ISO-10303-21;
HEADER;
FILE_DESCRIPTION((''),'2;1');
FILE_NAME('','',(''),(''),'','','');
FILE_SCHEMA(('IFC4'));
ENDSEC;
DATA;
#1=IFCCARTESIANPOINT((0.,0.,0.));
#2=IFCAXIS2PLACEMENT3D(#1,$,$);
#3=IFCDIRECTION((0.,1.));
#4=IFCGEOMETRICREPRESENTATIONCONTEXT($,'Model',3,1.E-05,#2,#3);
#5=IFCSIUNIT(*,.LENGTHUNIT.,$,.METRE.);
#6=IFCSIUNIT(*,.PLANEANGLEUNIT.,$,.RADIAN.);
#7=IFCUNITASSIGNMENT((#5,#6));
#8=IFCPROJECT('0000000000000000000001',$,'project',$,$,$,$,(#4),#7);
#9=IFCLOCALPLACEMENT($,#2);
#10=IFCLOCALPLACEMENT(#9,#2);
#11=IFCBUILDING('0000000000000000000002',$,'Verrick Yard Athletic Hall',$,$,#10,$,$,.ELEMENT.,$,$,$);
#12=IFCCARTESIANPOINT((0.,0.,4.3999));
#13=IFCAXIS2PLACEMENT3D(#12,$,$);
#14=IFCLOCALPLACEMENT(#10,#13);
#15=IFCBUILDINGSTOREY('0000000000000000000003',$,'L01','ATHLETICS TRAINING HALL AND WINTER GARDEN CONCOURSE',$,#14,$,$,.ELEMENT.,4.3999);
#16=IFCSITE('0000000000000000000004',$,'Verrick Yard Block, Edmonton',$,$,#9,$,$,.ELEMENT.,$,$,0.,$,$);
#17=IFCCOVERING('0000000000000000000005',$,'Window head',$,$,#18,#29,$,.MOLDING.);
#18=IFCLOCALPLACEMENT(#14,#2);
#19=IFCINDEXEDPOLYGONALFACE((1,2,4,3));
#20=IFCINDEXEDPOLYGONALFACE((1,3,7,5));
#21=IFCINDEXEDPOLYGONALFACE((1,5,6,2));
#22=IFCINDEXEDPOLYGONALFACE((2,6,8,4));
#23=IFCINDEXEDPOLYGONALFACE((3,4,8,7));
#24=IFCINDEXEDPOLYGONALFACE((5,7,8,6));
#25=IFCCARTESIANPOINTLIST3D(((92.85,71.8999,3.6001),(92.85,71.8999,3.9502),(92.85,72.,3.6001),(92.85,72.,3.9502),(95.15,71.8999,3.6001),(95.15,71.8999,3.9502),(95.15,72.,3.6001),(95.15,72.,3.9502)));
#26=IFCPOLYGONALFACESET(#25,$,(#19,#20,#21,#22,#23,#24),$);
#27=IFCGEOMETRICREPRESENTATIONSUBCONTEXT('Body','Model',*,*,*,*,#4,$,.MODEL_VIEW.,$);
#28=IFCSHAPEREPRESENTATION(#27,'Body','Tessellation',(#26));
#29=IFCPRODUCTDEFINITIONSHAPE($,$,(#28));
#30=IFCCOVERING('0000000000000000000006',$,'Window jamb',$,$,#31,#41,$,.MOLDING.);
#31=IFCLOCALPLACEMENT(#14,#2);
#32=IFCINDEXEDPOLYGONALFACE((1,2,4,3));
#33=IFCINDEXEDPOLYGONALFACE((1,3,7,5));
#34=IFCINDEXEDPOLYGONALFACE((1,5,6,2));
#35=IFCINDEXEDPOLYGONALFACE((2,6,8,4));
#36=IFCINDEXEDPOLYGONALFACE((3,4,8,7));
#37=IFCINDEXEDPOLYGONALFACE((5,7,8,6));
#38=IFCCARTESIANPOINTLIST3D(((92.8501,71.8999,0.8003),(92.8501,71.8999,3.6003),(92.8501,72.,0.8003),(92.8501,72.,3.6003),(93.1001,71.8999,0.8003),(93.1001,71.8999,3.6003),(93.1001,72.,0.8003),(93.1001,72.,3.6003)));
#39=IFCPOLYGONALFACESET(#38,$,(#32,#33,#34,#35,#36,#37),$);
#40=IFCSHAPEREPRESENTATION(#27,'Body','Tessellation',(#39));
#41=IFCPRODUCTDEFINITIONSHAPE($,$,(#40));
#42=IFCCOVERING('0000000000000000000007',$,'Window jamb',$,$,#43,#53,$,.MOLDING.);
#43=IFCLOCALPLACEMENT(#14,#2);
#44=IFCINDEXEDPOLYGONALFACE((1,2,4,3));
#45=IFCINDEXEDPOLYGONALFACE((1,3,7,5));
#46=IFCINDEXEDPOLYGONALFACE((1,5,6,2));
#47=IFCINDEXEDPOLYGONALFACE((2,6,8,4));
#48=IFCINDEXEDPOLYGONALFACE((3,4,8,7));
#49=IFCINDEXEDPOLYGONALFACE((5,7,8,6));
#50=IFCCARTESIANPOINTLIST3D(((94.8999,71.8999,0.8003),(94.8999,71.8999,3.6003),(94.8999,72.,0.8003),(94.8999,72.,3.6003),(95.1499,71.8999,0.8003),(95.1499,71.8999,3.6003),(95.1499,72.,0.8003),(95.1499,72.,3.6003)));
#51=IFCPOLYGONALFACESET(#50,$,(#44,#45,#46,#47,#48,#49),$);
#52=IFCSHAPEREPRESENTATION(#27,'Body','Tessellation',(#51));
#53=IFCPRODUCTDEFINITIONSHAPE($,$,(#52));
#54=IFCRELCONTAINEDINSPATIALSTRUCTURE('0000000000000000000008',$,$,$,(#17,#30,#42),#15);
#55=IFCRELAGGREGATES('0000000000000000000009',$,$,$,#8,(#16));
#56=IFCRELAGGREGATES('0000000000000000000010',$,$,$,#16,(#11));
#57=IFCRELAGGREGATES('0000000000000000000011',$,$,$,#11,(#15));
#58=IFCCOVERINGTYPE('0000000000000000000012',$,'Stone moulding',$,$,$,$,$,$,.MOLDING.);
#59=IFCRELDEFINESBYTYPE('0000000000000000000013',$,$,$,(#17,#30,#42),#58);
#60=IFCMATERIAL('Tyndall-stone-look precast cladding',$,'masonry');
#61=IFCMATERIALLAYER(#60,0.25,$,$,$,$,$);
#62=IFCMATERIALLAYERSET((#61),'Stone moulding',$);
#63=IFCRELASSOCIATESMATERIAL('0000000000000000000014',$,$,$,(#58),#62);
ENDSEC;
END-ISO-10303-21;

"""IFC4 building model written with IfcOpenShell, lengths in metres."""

from ifc_helpers import new_model, si_unit, direction, frame, origin, origin_2d, place, context, subcontext, project, spatial, rectangle, extrude, material, layer, layer_set, type_object, element, save


model = new_model("IFC4")

# Units and contexts
model_context = context("Model", 3, precision=1e-05, world=origin(), true_north=direction((0.0, 1.0)))
body_context = subcontext(model_context, "Body", "Model", "MODEL_VIEW")
ifc_project = project(units=[si_unit("LENGTHUNIT", "METRE"), si_unit("PLANEANGLEUNIT", "RADIAN")], contexts=[model_context])

# Site, building, storey
site_placement = place(None, origin())
site = spatial("IfcSite", under=ifc_project, at=site_placement, Name="Verrick Yard Block, Edmonton", CompositionType="ELEMENT", RefElevation=0.0)
building_placement = place(site_placement, origin())
building = spatial("IfcBuilding", under=site, at=building_placement, Name="Verrick Yard Athletic Hall", CompositionType="ELEMENT")
storey_placement = place(building_placement, frame((0.0, 0.0, 4.3999)))
storey = spatial("IfcBuildingStorey", under=building, at=storey_placement, Name="L01", Description="ATHLETICS TRAINING HALL AND WINTER GARDEN CONCOURSE", CompositionType="ELEMENT", Elevation=4.3999)

# Shared definitions
ifc_material_1 = material(Name="Tyndall-stone-look precast cladding", Category="masonry")

# Coverings
ifc_layer_1 = layer(ifc_material_1, 0.25)
ifc_layer_set_1 = layer_set([ifc_layer_1], Name="Stone moulding")
covering_type_1 = type_object("IfcCoveringType", Name="Stone moulding", PredefinedType="MOLDING", material=ifc_layer_set_1)
covering_1_placement = place(storey_placement, frame((94.0, 71.95, 3.6001), z_axis=(0.0, 0.0, 1.0), x_axis=(1.0, 0.0, 0.0)))
element("IfcCovering", 1, at=covering_1_placement, inside=storey, type_object=covering_type_1, Name="Window head", PredefinedType="MOLDING", context=body_context, shape_type="SweptSolid", body=[
    extrude(rectangle(XDim=2.3, YDim=0.1001, at=origin_2d()), origin(), (0.0, 0.0, 1.0), 0.3501),
])
for number, where, z_axis, x_axis, name in (
    (2, (92.9751, 71.95, 0.8003), (0.0, 0.0, 1.0), (1.0, 0.0, 0.0), "Window jamb"),
    (3, (95.0249, 71.95, 0.8003), (0.0, 0.0, 1.0), (1.0, 0.0, 0.0), "Window jamb"),
):
    element("IfcCovering", number, at=place(storey_placement, frame(where, z_axis=z_axis, x_axis=x_axis)), inside=storey, type_object=covering_type_1, Name=name, PredefinedType="MOLDING", context=body_context, shape_type="SweptSolid", body=[
        extrude(rectangle(XDim=0.25, YDim=0.1001, at=origin_2d()), origin(), (0.0, 0.0, 1.0), 2.8),
    ])

save(model, "model.ifc")
